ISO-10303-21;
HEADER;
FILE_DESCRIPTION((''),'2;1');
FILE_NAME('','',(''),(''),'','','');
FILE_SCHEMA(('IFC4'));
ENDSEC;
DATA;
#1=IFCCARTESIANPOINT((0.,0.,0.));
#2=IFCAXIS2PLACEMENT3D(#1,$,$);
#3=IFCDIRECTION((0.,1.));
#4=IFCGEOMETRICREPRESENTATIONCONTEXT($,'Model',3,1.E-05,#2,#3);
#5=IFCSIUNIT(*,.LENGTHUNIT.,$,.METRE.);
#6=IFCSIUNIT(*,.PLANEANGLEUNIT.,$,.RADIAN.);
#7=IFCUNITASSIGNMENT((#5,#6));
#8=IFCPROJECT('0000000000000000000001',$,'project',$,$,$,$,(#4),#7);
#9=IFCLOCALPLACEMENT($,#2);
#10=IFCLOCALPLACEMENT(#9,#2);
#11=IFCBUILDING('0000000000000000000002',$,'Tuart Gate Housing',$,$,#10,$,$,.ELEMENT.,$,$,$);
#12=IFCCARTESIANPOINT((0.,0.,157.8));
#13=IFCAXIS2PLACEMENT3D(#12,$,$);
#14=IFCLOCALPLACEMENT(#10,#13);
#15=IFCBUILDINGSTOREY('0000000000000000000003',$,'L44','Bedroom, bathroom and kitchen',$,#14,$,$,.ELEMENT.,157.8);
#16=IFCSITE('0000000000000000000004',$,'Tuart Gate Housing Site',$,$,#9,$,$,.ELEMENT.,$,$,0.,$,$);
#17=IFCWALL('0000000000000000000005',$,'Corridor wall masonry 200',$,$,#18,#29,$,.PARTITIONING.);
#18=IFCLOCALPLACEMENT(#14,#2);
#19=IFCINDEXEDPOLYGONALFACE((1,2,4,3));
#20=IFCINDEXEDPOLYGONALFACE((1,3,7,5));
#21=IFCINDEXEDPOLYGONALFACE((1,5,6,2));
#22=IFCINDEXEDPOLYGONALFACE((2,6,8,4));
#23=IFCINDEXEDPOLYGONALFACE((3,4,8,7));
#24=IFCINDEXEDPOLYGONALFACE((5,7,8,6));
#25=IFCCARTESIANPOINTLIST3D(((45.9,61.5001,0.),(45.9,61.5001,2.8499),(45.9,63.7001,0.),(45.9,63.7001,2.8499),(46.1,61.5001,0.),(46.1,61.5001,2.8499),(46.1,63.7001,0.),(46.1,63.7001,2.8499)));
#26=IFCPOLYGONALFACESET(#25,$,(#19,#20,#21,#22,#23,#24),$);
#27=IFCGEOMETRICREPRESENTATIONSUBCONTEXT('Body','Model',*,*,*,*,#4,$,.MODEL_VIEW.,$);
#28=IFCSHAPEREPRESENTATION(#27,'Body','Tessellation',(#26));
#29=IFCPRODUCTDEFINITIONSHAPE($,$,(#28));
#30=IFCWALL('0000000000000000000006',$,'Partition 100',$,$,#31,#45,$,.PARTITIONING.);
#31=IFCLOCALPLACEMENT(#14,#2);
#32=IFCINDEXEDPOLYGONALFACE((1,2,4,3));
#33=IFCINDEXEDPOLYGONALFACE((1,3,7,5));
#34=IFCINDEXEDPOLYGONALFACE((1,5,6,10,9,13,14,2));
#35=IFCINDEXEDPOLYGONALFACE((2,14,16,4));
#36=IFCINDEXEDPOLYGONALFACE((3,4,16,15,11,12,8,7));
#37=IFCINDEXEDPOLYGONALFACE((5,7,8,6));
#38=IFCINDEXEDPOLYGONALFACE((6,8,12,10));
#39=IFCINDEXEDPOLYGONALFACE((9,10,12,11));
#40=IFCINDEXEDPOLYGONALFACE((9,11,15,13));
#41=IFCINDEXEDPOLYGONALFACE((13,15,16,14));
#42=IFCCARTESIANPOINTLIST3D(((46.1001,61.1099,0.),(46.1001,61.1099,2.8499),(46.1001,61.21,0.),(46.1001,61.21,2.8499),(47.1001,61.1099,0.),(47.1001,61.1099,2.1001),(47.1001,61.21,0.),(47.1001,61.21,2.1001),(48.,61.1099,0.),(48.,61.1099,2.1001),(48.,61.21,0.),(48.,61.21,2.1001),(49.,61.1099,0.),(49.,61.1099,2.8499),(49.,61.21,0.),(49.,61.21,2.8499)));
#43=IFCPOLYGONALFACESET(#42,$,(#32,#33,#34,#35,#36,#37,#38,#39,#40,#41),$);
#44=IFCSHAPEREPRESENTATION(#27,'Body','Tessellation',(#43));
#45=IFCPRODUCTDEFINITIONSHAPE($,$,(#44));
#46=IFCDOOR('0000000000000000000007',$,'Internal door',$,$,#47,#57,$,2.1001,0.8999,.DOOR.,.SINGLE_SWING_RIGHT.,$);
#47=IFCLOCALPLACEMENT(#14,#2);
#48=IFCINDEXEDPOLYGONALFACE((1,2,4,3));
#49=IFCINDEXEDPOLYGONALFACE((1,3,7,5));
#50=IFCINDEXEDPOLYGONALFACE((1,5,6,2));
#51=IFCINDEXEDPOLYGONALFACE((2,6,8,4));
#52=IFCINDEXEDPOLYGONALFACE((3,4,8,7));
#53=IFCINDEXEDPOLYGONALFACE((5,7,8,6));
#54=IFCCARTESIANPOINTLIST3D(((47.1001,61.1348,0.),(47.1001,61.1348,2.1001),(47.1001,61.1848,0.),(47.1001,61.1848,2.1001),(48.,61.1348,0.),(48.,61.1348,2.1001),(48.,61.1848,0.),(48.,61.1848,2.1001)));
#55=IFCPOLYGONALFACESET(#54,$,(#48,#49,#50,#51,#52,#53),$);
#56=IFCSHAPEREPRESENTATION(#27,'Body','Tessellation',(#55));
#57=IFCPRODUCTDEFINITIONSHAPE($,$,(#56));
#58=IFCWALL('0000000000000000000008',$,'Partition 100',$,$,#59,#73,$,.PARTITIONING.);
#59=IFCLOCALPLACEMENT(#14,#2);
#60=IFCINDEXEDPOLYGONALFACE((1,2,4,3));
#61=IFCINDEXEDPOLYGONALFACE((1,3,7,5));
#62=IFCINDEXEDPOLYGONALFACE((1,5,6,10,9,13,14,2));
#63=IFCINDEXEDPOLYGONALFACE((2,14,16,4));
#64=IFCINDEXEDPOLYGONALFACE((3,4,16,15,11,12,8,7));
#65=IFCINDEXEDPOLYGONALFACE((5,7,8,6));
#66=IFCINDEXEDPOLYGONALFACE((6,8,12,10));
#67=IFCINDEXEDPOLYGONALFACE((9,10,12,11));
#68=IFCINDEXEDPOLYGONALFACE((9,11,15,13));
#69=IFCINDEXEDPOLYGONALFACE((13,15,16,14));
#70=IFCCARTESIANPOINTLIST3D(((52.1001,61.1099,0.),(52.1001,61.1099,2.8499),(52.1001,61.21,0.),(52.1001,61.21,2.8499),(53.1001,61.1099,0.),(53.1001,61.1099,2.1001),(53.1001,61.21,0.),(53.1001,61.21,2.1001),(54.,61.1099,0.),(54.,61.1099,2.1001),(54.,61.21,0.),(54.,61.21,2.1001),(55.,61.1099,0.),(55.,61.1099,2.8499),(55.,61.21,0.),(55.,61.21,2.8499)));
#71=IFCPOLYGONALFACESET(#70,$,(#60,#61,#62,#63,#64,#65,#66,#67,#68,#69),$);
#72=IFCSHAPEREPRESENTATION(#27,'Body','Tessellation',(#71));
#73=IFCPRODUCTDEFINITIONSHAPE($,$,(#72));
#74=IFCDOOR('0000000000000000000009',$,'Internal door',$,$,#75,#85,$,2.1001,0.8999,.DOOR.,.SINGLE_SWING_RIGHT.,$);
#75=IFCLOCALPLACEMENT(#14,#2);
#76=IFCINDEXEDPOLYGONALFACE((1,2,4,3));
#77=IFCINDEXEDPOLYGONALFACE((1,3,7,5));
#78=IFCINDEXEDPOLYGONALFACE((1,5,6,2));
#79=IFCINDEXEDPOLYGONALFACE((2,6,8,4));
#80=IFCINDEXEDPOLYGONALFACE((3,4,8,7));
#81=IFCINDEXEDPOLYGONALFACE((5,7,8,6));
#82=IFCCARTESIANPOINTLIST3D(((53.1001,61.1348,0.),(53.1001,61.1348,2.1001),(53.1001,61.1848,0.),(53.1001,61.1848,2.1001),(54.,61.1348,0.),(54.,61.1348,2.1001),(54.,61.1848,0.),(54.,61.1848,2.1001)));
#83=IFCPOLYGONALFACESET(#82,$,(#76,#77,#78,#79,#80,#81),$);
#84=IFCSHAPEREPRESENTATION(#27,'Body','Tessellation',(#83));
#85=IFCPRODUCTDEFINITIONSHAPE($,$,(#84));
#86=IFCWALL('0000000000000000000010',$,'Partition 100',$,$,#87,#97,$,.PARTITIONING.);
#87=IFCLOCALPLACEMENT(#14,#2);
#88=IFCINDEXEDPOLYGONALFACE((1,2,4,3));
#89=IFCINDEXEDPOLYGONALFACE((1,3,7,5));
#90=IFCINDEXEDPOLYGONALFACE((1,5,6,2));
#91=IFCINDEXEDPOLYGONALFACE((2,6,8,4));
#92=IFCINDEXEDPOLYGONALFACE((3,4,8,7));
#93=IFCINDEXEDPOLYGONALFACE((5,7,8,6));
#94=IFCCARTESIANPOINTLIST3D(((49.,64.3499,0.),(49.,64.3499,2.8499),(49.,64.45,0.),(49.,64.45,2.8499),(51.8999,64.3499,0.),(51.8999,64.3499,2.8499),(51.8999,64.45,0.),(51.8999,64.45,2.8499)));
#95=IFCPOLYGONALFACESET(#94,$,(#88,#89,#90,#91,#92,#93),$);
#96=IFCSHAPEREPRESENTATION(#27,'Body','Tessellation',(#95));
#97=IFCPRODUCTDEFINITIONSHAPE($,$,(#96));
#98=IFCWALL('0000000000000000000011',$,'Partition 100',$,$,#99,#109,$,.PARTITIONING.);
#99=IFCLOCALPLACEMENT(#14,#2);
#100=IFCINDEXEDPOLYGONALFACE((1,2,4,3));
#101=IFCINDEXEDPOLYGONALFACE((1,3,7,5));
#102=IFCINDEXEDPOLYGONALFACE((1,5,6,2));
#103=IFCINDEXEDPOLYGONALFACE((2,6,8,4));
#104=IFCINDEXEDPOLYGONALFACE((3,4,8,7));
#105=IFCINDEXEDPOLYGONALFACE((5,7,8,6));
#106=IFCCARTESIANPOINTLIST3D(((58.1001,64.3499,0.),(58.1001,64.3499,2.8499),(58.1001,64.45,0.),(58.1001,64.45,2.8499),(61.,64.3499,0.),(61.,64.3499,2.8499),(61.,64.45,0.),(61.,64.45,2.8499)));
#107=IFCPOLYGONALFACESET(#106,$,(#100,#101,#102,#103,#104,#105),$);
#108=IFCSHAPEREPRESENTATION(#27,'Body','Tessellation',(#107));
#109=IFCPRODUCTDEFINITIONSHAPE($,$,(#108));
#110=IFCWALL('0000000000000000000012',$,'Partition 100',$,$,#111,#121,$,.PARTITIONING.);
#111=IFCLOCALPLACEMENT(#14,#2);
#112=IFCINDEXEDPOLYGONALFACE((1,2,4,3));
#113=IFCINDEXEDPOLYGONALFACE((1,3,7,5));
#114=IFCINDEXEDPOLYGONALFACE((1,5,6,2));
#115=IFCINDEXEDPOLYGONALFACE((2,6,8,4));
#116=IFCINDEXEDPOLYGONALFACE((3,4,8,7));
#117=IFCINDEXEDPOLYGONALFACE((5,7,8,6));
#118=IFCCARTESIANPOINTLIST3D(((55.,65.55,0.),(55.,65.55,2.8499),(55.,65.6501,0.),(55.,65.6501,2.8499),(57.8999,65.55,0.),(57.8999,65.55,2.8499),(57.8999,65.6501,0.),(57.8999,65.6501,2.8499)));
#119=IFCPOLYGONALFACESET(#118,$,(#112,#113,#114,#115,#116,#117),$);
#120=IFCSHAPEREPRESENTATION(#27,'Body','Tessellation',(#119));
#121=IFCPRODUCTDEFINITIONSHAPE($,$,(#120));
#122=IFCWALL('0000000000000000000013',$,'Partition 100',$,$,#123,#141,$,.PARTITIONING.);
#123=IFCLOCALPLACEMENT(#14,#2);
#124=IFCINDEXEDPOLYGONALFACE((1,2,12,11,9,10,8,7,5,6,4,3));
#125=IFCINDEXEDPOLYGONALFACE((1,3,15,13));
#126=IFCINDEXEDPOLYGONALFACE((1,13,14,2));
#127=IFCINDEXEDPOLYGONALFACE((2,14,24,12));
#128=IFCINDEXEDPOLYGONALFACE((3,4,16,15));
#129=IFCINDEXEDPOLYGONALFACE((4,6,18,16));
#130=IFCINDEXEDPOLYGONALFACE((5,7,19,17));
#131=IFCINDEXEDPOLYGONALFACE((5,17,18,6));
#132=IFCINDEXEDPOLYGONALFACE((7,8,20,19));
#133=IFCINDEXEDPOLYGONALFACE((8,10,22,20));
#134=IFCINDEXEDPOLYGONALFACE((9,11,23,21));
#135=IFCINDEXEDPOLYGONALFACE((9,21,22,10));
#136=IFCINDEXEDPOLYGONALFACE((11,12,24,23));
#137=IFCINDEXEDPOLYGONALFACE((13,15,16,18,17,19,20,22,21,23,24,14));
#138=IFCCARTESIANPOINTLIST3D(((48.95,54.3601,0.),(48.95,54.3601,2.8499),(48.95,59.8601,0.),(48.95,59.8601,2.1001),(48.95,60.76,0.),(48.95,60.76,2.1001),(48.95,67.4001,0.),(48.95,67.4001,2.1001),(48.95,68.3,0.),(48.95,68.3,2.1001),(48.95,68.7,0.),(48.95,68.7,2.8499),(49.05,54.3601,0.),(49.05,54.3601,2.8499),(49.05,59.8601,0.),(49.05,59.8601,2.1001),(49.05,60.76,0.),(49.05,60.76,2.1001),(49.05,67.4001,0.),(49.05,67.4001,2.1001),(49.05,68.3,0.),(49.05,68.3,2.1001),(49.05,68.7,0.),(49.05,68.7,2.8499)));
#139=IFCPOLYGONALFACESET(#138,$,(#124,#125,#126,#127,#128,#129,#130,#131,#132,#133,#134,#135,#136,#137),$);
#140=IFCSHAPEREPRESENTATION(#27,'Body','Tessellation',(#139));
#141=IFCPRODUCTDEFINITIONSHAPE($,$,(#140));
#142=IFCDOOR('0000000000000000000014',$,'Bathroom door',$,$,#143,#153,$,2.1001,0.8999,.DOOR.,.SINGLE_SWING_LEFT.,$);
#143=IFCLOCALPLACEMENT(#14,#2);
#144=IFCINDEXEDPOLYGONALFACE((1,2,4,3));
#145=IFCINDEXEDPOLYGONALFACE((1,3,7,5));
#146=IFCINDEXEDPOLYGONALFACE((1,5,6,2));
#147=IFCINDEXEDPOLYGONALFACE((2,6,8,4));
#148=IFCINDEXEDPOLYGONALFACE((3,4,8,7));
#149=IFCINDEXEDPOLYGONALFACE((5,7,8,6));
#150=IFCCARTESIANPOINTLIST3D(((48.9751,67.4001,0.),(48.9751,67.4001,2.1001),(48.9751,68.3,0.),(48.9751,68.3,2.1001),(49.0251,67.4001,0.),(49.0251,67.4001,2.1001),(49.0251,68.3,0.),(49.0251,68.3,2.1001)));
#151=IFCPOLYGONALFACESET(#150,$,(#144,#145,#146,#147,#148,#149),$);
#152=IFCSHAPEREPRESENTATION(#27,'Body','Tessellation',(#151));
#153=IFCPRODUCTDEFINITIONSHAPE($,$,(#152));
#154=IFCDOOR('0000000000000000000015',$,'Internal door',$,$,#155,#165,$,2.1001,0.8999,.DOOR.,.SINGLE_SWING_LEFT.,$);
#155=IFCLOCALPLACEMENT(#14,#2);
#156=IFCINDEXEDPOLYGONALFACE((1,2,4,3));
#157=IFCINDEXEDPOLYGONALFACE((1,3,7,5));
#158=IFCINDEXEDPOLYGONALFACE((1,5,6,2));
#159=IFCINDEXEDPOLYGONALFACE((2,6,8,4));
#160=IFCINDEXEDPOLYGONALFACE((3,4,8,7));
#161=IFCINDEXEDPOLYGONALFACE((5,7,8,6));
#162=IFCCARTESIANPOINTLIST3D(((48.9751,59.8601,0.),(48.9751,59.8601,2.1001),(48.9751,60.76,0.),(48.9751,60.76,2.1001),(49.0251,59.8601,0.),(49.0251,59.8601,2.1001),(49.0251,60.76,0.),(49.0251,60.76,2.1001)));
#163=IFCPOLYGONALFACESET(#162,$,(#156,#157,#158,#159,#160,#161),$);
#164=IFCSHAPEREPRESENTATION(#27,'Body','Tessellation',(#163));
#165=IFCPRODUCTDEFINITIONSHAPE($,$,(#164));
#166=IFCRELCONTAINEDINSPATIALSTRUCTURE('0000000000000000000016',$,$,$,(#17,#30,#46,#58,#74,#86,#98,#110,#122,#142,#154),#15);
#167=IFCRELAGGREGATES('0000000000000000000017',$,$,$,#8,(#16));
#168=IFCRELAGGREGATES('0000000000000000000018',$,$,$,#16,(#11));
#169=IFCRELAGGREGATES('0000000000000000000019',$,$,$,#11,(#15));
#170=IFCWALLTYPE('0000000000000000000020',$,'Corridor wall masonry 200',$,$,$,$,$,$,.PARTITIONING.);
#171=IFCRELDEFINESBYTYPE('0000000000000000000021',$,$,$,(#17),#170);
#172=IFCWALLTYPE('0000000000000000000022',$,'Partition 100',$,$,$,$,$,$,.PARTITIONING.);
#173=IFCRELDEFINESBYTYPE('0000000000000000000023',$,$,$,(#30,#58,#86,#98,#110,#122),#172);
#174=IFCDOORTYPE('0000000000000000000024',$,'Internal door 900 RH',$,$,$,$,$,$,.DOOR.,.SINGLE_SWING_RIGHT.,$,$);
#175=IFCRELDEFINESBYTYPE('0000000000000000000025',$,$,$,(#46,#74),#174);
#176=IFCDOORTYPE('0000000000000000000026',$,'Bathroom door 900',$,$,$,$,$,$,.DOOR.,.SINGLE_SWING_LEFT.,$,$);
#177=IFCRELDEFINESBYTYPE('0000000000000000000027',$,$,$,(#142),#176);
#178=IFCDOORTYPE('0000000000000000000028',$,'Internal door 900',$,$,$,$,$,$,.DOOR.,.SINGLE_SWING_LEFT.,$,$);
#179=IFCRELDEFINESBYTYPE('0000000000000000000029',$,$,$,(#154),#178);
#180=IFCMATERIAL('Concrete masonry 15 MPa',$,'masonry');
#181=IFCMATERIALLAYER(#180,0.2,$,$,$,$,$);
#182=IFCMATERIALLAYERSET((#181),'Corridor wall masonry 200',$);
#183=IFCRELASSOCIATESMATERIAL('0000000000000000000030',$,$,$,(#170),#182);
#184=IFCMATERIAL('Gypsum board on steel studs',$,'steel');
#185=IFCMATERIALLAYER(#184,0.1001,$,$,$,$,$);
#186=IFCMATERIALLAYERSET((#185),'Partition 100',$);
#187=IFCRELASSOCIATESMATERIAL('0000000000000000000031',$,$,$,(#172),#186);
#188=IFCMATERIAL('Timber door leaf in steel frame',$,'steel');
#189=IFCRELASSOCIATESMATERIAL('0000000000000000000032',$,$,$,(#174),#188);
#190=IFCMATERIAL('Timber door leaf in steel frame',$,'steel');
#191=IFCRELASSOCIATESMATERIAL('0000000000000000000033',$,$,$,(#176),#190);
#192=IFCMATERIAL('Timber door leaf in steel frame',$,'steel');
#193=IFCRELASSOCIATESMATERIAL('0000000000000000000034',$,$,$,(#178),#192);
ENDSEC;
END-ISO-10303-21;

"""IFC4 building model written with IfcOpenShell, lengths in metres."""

from ifc_helpers import new_model, si_unit, direction, frame, frame_2d, origin, place, context, subcontext, project, spatial, rectangle, extrude, material, layer, layer_set, type_object, element, fill, save


model = new_model("IFC4")

# Units and contexts
model_context = context("Model", 3, precision=1e-05, world=origin(), true_north=direction((0.0, 1.0)))
body_context = subcontext(model_context, "Body", "Model", "MODEL_VIEW")
ifc_project = project(units=[si_unit("LENGTHUNIT", "METRE"), si_unit("PLANEANGLEUNIT", "RADIAN")], contexts=[model_context])

# Site, building, storey
site_placement = place(None, origin())
site = spatial("IfcSite", under=ifc_project, at=site_placement, Name="Tuart Gate Housing Site", CompositionType="ELEMENT", RefElevation=0.0)
building_placement = place(site_placement, origin())
building = spatial("IfcBuilding", under=site, at=building_placement, Name="Tuart Gate Housing", CompositionType="ELEMENT")
storey_placement = place(building_placement, frame((0.0, 0.0, 157.8)))
storey = spatial("IfcBuildingStorey", under=building, at=storey_placement, Name="L44", Description="Bedroom, bathroom and kitchen", CompositionType="ELEMENT", Elevation=157.8)

# Wall
ifc_material_1 = material(Name="Concrete masonry 15 MPa", Category="masonry")
ifc_layer_1 = layer(ifc_material_1, 0.2)
ifc_layer_set_1 = layer_set([ifc_layer_1], Name="Corridor wall masonry 200")
wall_type_1 = type_object("IfcWallType", Name="Corridor wall masonry 200", PredefinedType="PARTITIONING", material=ifc_layer_set_1)
wall_1_placement = place(storey_placement, frame((46.0, 61.5, 0.0), z_axis=(0.0, 0.0, 1.0), x_axis=(0.0, 1.0, 0.0)))
element("IfcWall", 1, at=wall_1_placement, inside=storey, type_object=wall_type_1, Name="Corridor wall masonry 200", PredefinedType="PARTITIONING", context=body_context, shape_type="SweptSolid", body=[
    extrude(rectangle(XDim=2.2, YDim=0.2, at=frame_2d((1.1001, 0.0))), origin(), (0.0, 0.0, 1.0), 2.8499),
])

# Walls, openings, doors
ifc_material_2 = material(Name="Gypsum board on steel studs", Category="steel")
ifc_layer_2 = layer(ifc_material_2, 0.1001)
ifc_layer_set_2 = layer_set([ifc_layer_2], Name="Partition 100")
wall_type_2 = type_object("IfcWallType", Name="Partition 100", PredefinedType="PARTITIONING", material=ifc_layer_set_2)
wall_2_placement = place(storey_placement, frame((46.1001, 61.1599, 0.0), z_axis=(0.0, 0.0, 1.0), x_axis=(1.0, 0.0, 0.0)))
wall_2 = element("IfcWall", 2, at=wall_2_placement, inside=storey, type_object=wall_type_2, Name="Partition 100", PredefinedType="PARTITIONING", context=body_context, shape_type="SweptSolid", body=[
    extrude(rectangle(XDim=2.8999, YDim=0.1001, at=frame_2d((1.45, 0.0))), origin(), (0.0, 0.0, 1.0), 2.8499),
])
opening_1_placement = place(wall_2_placement, frame((1.0, 0.0, 0.0)))
opening_1 = element("IfcOpeningElement", 3, at=opening_1_placement, cuts=wall_2, PredefinedType="OPENING", context=body_context, shape_type="SweptSolid", body=[
    extrude(rectangle(XDim=0.8999, YDim=2.1001, at=frame_2d((0.45, 1.05))), frame((0.0, 0.0601, 0.0), z_axis=(0.0, -1.0, 0.0), x_axis=(1.0, 0.0, 0.0)), (0.0, 0.0, 1.0), 0.1201),
])
ifc_material_3 = material(Name="Timber door leaf in steel frame", Category="steel")
door_type_1 = type_object("IfcDoorType", Name="Internal door 900 RH", OperationType="SINGLE_SWING_RIGHT", PredefinedType="DOOR", material=ifc_material_3)
door_1_placement = place(opening_1_placement, origin())
door_1 = element("IfcDoor", 4, at=door_1_placement, inside=storey, type_object=door_type_1, Name="Internal door", OperationType="SINGLE_SWING_RIGHT", OverallHeight=2.1001, OverallWidth=0.8999, PredefinedType="DOOR", context=body_context, shape_type="SweptSolid", body=[
    extrude(rectangle(XDim=0.8999, YDim=2.1001, at=frame_2d((0.45, 1.05))), frame((0.0, 0.0249, 0.0), z_axis=(0.0, -1.0, 0.0), x_axis=(1.0, 0.0, 0.0)), (0.0, 0.0, 1.0), 0.05),
])
fill(opening_1, door_1)
wall_3_placement = place(storey_placement, frame((52.1001, 61.1599, 0.0), z_axis=(0.0, 0.0, 1.0), x_axis=(1.0, 0.0, 0.0)))
wall_3 = element("IfcWall", 5, at=wall_3_placement, inside=storey, type_object=wall_type_2, Name="Partition 100", PredefinedType="PARTITIONING", context=body_context, shape_type="SweptSolid", body=[
    extrude(rectangle(XDim=2.8999, YDim=0.1001, at=frame_2d((1.45, 0.0))), origin(), (0.0, 0.0, 1.0), 2.8499),
])
opening_2_placement = place(wall_3_placement, frame((1.0, 0.0, 0.0)))
opening_2 = element("IfcOpeningElement", 6, at=opening_2_placement, cuts=wall_3, PredefinedType="OPENING", context=body_context, shape_type="SweptSolid", body=[
    extrude(rectangle(XDim=0.8999, YDim=2.1001, at=frame_2d((0.45, 1.05))), frame((0.0, 0.0601, 0.0), z_axis=(0.0, -1.0, 0.0), x_axis=(1.0, 0.0, 0.0)), (0.0, 0.0, 1.0), 0.1201),
])
door_2_placement = place(opening_2_placement, origin())
door_2 = element("IfcDoor", 7, at=door_2_placement, inside=storey, type_object=door_type_1, Name="Internal door", OperationType="SINGLE_SWING_RIGHT", OverallHeight=2.1001, OverallWidth=0.8999, PredefinedType="DOOR", context=body_context, shape_type="SweptSolid", body=[
    extrude(rectangle(XDim=0.8999, YDim=2.1001, at=frame_2d((0.45, 1.05))), frame((0.0, 0.0249, 0.0), z_axis=(0.0, -1.0, 0.0), x_axis=(1.0, 0.0, 0.0)), (0.0, 0.0, 1.0), 0.05),
])
fill(opening_2, door_2)

# Walls
for number, where, z_axis, x_axis, name in (
    (8, (49.0, 64.3999, 0.0), (0.0, 0.0, 1.0), (1.0, 0.0, 0.0), "Partition 100"),
    (9, (58.1001, 64.3999, 0.0), (0.0, 0.0, 1.0), (1.0, 0.0, 0.0), "Partition 100"),
    (10, (55.0, 65.6001, 0.0), (0.0, 0.0, 1.0), (1.0, 0.0, 0.0), "Partition 100"),
):
    element("IfcWall", number, at=place(storey_placement, frame(where, z_axis=z_axis, x_axis=x_axis)), inside=storey, type_object=wall_type_2, Name=name, PredefinedType="PARTITIONING", context=body_context, shape_type="SweptSolid", body=[
        extrude(rectangle(XDim=2.8999, YDim=0.1001, at=frame_2d((1.45, 0.0))), origin(), (0.0, 0.0, 1.0), 2.8499),
    ])

# Wall, openings, doors
wall_4_placement = place(storey_placement, frame((49.0, 54.3601, 0.0), z_axis=(0.0, 0.0, 1.0), x_axis=(0.0, 1.0, 0.0)))
wall_4 = element("IfcWall", 11, at=wall_4_placement, inside=storey, type_object=wall_type_2, Name="Partition 100", PredefinedType="PARTITIONING", context=body_context, shape_type="SweptSolid", body=[
    extrude(rectangle(XDim=14.3398, YDim=0.1001, at=frame_2d((7.1699, 0.0))), origin(), (0.0, 0.0, 1.0), 2.8499),
])
opening_3_placement = place(wall_4_placement, frame((5.5, 0.0, 0.0)))
opening_3 = element("IfcOpeningElement", 12, at=opening_3_placement, cuts=wall_4, PredefinedType="OPENING", context=body_context, shape_type="SweptSolid", body=[
    extrude(rectangle(XDim=0.8999, YDim=2.1001, at=frame_2d((0.45, 1.05))), frame((0.0, 0.0601, 0.0), z_axis=(0.0, -1.0, 0.0), x_axis=(1.0, 0.0, 0.0)), (0.0, 0.0, 1.0), 0.1201),
])
opening_4_placement = place(wall_4_placement, frame((13.04, 0.0, 0.0)))
opening_4 = element("IfcOpeningElement", 13, at=opening_4_placement, cuts=wall_4, PredefinedType="OPENING", context=body_context, shape_type="SweptSolid", body=[
    extrude(rectangle(XDim=0.8999, YDim=2.1001, at=frame_2d((0.45, 1.05))), frame((0.0, 0.0601, 0.0), z_axis=(0.0, -1.0, 0.0), x_axis=(1.0, 0.0, 0.0)), (0.0, 0.0, 1.0), 0.1201),
])
ifc_material_4 = material(Name="Timber door leaf in steel frame", Category="steel")
door_type_2 = type_object("IfcDoorType", Name="Bathroom door 900", OperationType="SINGLE_SWING_LEFT", PredefinedType="DOOR", material=ifc_material_4)
door_3_placement = place(opening_4_placement, frame((0.8999, 0.0, 0.0), z_axis=(0.0, 0.0, 1.0), x_axis=(-1.0, 0.0, 0.0)))
door_3 = element("IfcDoor", 14, at=door_3_placement, inside=storey, type_object=door_type_2, Name="Bathroom door", OperationType="SINGLE_SWING_LEFT", OverallHeight=2.1001, OverallWidth=0.8999, PredefinedType="DOOR", context=body_context, shape_type="SweptSolid", body=[
    extrude(rectangle(XDim=0.8999, YDim=2.1001, at=frame_2d((0.45, 1.05))), frame((0.0, 0.0251, 0.0), z_axis=(0.0, -1.0, 0.0), x_axis=(1.0, 0.0, 0.0)), (0.0, 0.0, 1.0), 0.05),
])
fill(opening_4, door_3)
ifc_material_5 = material(Name="Timber door leaf in steel frame", Category="steel")
door_type_3 = type_object("IfcDoorType", Name="Internal door 900", OperationType="SINGLE_SWING_LEFT", PredefinedType="DOOR", material=ifc_material_5)
door_4_placement = place(opening_3_placement, frame((0.8999, 0.0, 0.0), z_axis=(0.0, 0.0, 1.0), x_axis=(-1.0, 0.0, 0.0)))
door_4 = element("IfcDoor", 15, at=door_4_placement, inside=storey, type_object=door_type_3, Name="Internal door", OperationType="SINGLE_SWING_LEFT", OverallHeight=2.1001, OverallWidth=0.8999, PredefinedType="DOOR", context=body_context, shape_type="SweptSolid", body=[
    extrude(rectangle(XDim=0.8999, YDim=2.1001, at=frame_2d((0.45, 1.05))), frame((0.0, 0.0251, 0.0), z_axis=(0.0, -1.0, 0.0), x_axis=(1.0, 0.0, 0.0)), (0.0, 0.0, 1.0), 0.05),
])
fill(opening_3, door_4)

save(model, "model.ifc")
